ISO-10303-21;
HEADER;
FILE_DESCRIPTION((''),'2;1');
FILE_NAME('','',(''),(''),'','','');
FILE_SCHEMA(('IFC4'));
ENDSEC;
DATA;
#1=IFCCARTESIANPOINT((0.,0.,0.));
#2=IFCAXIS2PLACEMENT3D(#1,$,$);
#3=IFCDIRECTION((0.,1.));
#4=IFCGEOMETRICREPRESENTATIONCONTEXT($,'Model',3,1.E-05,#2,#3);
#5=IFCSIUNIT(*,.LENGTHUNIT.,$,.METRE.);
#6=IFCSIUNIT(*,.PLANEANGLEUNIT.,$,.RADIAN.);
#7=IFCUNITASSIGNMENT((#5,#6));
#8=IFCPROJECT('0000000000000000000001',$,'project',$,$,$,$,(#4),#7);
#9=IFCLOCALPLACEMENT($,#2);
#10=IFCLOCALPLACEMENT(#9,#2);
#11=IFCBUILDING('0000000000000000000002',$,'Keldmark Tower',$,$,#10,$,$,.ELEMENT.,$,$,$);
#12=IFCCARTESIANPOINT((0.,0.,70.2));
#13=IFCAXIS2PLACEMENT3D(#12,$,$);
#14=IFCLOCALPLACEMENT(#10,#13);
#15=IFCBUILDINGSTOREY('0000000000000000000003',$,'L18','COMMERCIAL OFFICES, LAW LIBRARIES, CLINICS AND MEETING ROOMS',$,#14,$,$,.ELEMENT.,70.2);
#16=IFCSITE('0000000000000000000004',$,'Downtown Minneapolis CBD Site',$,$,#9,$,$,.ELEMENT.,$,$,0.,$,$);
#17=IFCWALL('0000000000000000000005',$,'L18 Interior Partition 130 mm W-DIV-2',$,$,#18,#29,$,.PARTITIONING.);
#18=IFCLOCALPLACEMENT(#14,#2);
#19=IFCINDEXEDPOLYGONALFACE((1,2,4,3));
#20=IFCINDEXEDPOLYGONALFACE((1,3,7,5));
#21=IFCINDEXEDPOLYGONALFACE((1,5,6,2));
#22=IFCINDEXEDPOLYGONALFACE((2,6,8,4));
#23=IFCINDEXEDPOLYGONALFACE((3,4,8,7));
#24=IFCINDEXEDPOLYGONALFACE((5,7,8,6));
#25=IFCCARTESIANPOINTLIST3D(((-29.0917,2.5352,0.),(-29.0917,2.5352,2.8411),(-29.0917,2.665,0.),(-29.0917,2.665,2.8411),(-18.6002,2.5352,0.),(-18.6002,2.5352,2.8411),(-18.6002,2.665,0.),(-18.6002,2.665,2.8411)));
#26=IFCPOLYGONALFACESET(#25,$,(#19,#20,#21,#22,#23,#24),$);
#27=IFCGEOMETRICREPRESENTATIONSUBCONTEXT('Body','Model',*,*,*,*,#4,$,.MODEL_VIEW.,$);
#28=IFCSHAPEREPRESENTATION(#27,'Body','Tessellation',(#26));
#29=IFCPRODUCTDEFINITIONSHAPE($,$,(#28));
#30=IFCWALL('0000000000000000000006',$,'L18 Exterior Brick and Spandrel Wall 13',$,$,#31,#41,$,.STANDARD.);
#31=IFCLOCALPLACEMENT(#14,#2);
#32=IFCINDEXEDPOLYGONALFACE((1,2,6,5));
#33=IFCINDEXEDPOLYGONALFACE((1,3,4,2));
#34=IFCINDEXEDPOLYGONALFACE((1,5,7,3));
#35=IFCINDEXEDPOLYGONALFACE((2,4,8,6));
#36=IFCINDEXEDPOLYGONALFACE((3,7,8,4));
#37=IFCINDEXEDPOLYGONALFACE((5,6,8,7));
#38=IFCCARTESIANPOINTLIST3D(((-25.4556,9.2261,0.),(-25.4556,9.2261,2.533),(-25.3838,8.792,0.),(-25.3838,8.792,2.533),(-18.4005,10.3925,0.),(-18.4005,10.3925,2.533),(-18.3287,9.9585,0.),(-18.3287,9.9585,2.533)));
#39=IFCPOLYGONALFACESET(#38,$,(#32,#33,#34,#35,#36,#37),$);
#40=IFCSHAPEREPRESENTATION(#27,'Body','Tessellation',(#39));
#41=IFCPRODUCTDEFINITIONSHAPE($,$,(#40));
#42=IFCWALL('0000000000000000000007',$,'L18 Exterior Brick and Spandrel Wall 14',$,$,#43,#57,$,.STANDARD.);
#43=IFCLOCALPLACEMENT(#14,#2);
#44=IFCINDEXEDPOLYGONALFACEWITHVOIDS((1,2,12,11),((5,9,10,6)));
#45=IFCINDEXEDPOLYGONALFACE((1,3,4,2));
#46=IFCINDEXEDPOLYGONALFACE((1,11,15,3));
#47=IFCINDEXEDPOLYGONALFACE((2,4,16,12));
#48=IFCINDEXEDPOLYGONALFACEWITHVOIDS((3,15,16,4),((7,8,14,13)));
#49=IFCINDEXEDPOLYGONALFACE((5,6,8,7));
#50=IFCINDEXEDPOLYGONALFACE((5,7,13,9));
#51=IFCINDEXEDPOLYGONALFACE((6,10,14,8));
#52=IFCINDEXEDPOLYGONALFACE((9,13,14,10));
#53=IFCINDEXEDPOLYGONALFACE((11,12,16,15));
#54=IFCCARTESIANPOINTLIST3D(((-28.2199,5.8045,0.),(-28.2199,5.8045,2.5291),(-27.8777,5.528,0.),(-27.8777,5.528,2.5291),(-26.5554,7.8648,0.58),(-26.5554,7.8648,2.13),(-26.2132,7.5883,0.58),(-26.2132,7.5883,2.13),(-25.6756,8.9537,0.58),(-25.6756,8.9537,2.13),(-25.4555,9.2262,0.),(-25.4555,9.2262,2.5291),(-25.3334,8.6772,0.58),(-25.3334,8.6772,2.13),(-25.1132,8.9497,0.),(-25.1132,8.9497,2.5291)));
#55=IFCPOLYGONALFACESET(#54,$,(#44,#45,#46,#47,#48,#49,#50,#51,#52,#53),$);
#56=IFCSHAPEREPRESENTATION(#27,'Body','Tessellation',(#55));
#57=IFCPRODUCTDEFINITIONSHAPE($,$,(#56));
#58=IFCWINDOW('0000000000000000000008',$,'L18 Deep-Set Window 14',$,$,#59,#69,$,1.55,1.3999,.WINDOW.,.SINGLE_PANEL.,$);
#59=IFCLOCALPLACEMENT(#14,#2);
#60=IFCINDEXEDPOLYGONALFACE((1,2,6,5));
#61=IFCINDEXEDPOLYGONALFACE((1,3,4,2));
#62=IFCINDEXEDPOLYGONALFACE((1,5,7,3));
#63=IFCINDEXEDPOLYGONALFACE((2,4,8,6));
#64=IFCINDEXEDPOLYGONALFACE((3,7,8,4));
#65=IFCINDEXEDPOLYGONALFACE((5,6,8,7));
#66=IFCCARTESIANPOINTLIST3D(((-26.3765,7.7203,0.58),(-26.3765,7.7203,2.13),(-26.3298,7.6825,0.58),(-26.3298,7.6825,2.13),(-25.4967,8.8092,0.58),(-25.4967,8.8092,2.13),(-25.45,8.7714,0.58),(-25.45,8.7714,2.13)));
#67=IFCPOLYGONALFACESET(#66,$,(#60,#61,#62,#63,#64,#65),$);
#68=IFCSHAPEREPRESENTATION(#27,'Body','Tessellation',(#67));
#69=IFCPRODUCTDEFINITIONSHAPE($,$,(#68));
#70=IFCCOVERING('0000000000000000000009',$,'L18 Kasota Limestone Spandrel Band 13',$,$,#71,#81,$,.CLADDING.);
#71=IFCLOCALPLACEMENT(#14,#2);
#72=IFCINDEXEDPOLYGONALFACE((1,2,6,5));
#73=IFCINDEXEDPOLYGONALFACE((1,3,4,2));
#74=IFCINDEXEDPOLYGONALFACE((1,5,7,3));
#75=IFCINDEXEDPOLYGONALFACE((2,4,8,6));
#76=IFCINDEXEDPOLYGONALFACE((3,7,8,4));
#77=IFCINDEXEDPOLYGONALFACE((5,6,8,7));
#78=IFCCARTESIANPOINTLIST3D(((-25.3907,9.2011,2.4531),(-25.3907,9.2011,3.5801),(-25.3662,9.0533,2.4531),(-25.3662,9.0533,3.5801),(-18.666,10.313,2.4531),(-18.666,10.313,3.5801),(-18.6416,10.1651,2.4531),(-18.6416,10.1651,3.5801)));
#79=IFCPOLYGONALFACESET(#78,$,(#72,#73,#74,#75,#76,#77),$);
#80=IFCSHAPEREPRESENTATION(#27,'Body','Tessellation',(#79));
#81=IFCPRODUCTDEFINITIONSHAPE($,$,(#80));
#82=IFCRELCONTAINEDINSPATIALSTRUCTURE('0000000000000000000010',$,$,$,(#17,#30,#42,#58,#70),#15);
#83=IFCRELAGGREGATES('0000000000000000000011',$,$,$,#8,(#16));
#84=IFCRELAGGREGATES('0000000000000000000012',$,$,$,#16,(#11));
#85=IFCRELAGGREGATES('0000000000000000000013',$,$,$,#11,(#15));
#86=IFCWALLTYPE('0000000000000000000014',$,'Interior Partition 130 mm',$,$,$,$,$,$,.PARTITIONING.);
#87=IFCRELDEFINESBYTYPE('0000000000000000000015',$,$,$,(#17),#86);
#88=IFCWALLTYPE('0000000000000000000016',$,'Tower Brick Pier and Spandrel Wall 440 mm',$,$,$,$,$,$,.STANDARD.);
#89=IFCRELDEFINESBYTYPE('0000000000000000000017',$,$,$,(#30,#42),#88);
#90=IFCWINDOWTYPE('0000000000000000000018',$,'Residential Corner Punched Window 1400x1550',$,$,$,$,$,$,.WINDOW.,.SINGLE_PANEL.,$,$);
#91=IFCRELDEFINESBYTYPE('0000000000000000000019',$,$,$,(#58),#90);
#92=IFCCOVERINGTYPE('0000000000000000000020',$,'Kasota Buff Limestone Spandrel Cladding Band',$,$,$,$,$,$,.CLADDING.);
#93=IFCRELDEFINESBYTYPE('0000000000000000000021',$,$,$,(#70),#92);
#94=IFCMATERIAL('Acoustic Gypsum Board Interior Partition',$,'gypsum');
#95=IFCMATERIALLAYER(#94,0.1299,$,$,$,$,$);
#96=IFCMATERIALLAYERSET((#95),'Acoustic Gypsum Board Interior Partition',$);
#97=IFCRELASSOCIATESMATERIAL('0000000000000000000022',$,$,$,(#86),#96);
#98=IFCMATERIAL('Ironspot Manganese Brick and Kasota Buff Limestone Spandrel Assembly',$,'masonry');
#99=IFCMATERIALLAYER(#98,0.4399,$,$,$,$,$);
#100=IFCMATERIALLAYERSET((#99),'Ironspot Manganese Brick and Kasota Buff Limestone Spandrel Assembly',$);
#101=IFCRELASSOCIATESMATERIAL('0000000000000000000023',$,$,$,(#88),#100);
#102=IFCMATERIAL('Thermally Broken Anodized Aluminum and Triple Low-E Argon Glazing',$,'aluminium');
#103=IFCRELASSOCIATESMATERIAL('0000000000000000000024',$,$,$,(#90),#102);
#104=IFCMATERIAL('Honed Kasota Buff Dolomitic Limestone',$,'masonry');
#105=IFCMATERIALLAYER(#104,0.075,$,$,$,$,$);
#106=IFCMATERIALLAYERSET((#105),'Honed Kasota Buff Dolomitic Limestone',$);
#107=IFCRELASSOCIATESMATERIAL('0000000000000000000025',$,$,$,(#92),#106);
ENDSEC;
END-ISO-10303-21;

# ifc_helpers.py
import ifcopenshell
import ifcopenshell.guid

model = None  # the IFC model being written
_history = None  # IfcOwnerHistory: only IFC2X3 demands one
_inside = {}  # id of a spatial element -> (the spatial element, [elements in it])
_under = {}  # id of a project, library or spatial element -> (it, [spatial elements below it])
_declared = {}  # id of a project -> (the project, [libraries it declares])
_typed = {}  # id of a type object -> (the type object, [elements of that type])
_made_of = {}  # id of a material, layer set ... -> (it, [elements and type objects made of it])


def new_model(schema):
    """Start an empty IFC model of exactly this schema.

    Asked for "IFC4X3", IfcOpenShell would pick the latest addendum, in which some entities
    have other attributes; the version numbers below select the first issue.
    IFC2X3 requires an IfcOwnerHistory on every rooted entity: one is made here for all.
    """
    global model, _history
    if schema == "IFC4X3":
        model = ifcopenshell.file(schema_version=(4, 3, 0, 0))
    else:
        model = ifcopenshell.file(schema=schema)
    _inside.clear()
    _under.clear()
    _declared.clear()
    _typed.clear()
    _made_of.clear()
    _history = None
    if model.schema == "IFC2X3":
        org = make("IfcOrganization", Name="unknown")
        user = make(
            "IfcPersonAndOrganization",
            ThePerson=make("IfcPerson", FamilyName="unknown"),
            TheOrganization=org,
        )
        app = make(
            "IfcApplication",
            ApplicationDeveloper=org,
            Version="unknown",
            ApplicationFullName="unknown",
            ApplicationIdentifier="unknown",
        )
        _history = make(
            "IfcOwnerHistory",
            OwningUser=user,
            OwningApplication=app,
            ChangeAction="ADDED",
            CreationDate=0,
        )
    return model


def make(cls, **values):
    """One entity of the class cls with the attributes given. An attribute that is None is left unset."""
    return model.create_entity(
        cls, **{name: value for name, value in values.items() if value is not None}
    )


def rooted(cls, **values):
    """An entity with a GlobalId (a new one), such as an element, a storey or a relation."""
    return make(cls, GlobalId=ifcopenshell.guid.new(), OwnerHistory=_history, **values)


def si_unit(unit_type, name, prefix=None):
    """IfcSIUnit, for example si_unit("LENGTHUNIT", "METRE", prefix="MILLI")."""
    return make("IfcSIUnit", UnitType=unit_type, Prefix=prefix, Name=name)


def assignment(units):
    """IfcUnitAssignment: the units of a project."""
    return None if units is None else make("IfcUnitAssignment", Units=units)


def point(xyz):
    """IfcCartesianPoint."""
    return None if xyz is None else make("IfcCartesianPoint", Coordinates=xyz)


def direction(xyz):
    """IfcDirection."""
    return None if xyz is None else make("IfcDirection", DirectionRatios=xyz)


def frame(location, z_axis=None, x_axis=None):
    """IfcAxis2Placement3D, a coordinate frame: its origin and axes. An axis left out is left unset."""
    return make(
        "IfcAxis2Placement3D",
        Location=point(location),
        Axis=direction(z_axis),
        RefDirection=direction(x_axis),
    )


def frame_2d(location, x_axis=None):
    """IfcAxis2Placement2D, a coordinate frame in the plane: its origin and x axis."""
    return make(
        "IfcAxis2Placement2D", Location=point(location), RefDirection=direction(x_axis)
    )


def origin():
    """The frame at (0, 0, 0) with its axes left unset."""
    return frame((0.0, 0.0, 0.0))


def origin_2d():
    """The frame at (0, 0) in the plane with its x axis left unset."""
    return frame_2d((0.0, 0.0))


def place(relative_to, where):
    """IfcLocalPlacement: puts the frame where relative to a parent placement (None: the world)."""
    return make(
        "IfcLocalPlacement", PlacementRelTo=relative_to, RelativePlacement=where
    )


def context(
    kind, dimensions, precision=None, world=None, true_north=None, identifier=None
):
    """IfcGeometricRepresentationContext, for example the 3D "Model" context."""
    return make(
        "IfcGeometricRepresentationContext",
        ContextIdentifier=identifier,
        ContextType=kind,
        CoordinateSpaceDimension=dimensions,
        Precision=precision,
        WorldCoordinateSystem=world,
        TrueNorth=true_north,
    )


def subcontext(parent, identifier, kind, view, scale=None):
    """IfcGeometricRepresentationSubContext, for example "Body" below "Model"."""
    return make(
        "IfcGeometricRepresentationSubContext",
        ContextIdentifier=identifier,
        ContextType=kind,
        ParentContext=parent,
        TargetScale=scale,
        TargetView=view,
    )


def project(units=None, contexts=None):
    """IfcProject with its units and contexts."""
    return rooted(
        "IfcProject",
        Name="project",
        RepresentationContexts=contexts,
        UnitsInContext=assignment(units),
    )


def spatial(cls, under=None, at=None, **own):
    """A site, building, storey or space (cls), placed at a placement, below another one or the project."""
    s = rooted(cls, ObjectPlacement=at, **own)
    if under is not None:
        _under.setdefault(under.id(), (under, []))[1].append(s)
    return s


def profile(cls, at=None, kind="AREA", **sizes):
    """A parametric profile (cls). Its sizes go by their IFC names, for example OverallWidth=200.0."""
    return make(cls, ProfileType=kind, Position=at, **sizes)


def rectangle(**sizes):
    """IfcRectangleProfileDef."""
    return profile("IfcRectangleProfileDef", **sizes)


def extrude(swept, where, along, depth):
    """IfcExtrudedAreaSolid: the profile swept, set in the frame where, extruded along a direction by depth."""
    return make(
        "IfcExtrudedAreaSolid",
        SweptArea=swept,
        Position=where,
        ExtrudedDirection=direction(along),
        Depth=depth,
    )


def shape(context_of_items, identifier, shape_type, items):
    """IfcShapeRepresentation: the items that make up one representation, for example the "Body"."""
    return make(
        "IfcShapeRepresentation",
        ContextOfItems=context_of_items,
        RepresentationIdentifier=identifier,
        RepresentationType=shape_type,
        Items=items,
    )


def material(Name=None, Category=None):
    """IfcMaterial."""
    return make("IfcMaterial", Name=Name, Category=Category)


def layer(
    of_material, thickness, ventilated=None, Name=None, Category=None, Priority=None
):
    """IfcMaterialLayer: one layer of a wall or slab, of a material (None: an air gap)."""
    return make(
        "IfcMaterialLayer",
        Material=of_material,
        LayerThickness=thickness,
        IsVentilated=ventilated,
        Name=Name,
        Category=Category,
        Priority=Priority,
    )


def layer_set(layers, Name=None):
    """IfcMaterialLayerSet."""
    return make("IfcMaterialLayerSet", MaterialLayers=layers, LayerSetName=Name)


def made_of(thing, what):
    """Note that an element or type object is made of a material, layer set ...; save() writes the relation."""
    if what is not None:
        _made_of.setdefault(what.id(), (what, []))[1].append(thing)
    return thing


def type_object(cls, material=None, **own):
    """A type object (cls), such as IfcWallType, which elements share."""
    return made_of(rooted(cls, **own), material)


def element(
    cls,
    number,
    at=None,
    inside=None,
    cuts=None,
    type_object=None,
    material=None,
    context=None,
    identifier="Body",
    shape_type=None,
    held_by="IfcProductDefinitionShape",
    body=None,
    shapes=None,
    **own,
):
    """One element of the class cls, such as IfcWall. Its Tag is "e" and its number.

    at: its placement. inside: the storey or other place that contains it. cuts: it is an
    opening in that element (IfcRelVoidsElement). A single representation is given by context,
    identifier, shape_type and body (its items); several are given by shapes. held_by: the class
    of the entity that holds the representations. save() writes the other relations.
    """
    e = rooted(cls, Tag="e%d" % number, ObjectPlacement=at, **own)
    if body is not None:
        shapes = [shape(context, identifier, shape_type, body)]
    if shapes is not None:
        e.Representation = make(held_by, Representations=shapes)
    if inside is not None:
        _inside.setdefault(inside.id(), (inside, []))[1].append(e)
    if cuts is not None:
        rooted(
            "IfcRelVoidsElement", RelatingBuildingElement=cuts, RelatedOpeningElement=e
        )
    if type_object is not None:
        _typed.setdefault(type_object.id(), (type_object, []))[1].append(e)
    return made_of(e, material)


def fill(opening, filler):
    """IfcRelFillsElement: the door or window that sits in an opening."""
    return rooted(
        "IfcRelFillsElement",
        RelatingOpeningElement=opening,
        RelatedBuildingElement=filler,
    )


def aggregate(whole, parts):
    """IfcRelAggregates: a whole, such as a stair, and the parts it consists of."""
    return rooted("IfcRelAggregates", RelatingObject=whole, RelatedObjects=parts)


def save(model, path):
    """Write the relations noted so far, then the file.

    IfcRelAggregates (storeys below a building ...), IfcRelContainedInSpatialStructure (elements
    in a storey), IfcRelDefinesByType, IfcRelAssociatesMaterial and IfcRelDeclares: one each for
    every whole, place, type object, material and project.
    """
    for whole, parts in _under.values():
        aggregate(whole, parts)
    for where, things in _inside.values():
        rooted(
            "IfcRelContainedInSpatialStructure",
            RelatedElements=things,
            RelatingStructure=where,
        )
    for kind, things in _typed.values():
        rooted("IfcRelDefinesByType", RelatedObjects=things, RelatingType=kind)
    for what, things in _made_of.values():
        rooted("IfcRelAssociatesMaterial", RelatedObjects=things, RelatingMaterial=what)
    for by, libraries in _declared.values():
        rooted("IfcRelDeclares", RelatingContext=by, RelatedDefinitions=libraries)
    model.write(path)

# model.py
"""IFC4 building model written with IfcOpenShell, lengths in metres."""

from ifc_helpers import new_model, si_unit, direction, frame, frame_2d, origin, origin_2d, place, context, subcontext, project, spatial, rectangle, extrude, material, layer, layer_set, type_object, element, fill, save


model = new_model("IFC4")

# Units and contexts
model_context = context("Model", 3, precision=1e-05, world=origin(), true_north=direction((0.0, 1.0)))
body_context = subcontext(model_context, "Body", "Model", "MODEL_VIEW")
ifc_project = project(units=[si_unit("LENGTHUNIT", "METRE"), si_unit("PLANEANGLEUNIT", "RADIAN")], contexts=[model_context])

# Site, building, storey
site_placement = place(None, origin())
site = spatial("IfcSite", under=ifc_project, at=site_placement, Name="Downtown Minneapolis CBD Site", CompositionType="ELEMENT", RefElevation=0.0)
building_placement = place(site_placement, origin())
building = spatial("IfcBuilding", under=site, at=building_placement, Name="Keldmark Tower", CompositionType="ELEMENT")
storey_placement = place(building_placement, frame((0.0, 0.0, 70.2)))
storey = spatial("IfcBuildingStorey", under=building, at=storey_placement, Name="L18", Description="COMMERCIAL OFFICES, LAW LIBRARIES, CLINICS AND MEETING ROOMS", CompositionType="ELEMENT", Elevation=70.2)

# Walls
ifc_material_1 = material(Name="Acoustic Gypsum Board Interior Partition", Category="gypsum")
ifc_layer_1 = layer(ifc_material_1, 0.1299)
ifc_layer_set_1 = layer_set([ifc_layer_1], Name="Acoustic Gypsum Board Interior Partition")
wall_type_1 = type_object("IfcWallType", Name="Interior Partition 130 mm", PredefinedType="PARTITIONING", material=ifc_layer_set_1)
wall_1_placement = place(storey_placement, frame((-29.0916, 2.6001, 0.0), z_axis=(0.0, 0.0, 1.0), x_axis=(1.0, 0.0, 0.0)))
element("IfcWall", 1, at=wall_1_placement, inside=storey, type_object=wall_type_1, Name="L18 Interior Partition 130 mm W-DIV-2", PredefinedType="PARTITIONING", context=body_context, shape_type="SweptSolid", body=[
    extrude(rectangle(XDim=10.4915, YDim=0.1299, at=frame_2d((5.2456, 0.0))), origin(), (0.0, 0.0, 1.0), 2.8411),
])
ifc_material_2 = material(Name="Ironspot Manganese Brick and Kasota Buff Limestone Spandrel Assembly", Category="masonry")
ifc_layer_2 = layer(ifc_material_2, 0.4399)
ifc_layer_set_2 = layer_set([ifc_layer_2], Name="Ironspot Manganese Brick and Kasota Buff Limestone Spandrel Assembly")
wall_type_2 = type_object("IfcWallType", Name="Tower Brick Pier and Spandrel Wall 440 mm", PredefinedType="STANDARD", material=ifc_layer_set_2)
wall_2_placement = place(storey_placement, frame((-25.4197, 9.009, 0.0), z_axis=(0.0, 0.0, 1.0), x_axis=(0.986605, 0.163125, 0.0)))
element("IfcWall", 2, at=wall_2_placement, inside=storey, type_object=wall_type_2, Name="L18 Exterior Brick and Spandrel Wall 13", PredefinedType="STANDARD", context=body_context, shape_type="SweptSolid", body=[
    extrude(rectangle(XDim=7.1509, YDim=0.4399, at=frame_2d((3.5754, 0.0))), origin(), (0.0, 0.0, 1.0), 2.533),
])

# Wall, opening, window
wall_3_placement = place(storey_placement, frame((-28.0488, 5.6663, 0.0), z_axis=(0.0, 0.0, 1.0), x_axis=(0.628444, 0.777855, 0.0)))
wall_3 = element("IfcWall", 3, at=wall_3_placement, inside=storey, type_object=wall_type_2, Name="L18 Exterior Brick and Spandrel Wall 14", PredefinedType="STANDARD", context=body_context, shape_type="SweptSolid", body=[
    extrude(rectangle(XDim=4.3989, YDim=0.4399, at=frame_2d((2.1995, 0.0))), origin(), (0.0, 0.0, 1.0), 2.5291),
])
opening_1_placement = place(wall_3_placement, frame((2.6487, 0.0, 0.5801)))
opening_1 = element("IfcOpeningElement", 4, at=opening_1_placement, cuts=wall_3, PredefinedType="OPENING", context=body_context, shape_type="SweptSolid", body=[
    extrude(rectangle(XDim=1.3999, YDim=1.55, at=frame_2d((0.7, 0.7749))), frame((0.0, 0.23, 0.0), z_axis=(0.0, -1.0, 0.0), x_axis=(1.0, 0.0, 0.0)), (0.0, 0.0, 1.0), 0.46),
])
ifc_material_3 = material(Name="Thermally Broken Anodized Aluminum and Triple Low-E Argon Glazing", Category="aluminium")
window_type = type_object("IfcWindowType", Name="Residential Corner Punched Window 1400x1550", PartitioningType="SINGLE_PANEL", PredefinedType="WINDOW", material=ifc_material_3)
window_placement = place(opening_1_placement, origin())
window = element("IfcWindow", 5, at=window_placement, inside=storey, type_object=window_type, Name="L18 Deep-Set Window 14", OverallHeight=1.55, OverallWidth=1.3999, PartitioningType="SINGLE_PANEL", PredefinedType="WINDOW", context=body_context, shape_type="SweptSolid", body=[
    extrude(rectangle(XDim=1.3999, YDim=1.55, at=frame_2d((0.7, 0.7749))), frame((0.0, -0.01, 0.0), z_axis=(0.0, -1.0, 0.0), x_axis=(1.0, 0.0, 0.0)), (0.0, 0.0, 1.0), 0.0601),
])
fill(opening_1, window)

# Covering
ifc_material_4 = material(Name="Honed Kasota Buff Dolomitic Limestone", Category="masonry")
ifc_layer_3 = layer(ifc_material_4, 0.075)
ifc_layer_set_3 = layer_set([ifc_layer_3], Name="Honed Kasota Buff Dolomitic Limestone")
covering_type = type_object("IfcCoveringType", Name="Kasota Buff Limestone Spandrel Cladding Band", PredefinedType="CLADDING", material=ifc_layer_set_3)
covering_placement = place(storey_placement, frame((-22.0161, 9.6831, 2.4531), z_axis=(0.0, 0.0, 1.0), x_axis=(-0.986606, -0.163119, 0.0)))
element("IfcCovering", 6, at=covering_placement, inside=storey, type_object=covering_type, Name="L18 Kasota Limestone Spandrel Band 13", PredefinedType="CLADDING", context=body_context, shape_type="SweptSolid", body=[
    extrude(rectangle(XDim=6.8159, YDim=0.1499, at=origin_2d()), origin(), (0.0, 0.0, 1.0), 1.127),
])

save(model, "model.ifc")
